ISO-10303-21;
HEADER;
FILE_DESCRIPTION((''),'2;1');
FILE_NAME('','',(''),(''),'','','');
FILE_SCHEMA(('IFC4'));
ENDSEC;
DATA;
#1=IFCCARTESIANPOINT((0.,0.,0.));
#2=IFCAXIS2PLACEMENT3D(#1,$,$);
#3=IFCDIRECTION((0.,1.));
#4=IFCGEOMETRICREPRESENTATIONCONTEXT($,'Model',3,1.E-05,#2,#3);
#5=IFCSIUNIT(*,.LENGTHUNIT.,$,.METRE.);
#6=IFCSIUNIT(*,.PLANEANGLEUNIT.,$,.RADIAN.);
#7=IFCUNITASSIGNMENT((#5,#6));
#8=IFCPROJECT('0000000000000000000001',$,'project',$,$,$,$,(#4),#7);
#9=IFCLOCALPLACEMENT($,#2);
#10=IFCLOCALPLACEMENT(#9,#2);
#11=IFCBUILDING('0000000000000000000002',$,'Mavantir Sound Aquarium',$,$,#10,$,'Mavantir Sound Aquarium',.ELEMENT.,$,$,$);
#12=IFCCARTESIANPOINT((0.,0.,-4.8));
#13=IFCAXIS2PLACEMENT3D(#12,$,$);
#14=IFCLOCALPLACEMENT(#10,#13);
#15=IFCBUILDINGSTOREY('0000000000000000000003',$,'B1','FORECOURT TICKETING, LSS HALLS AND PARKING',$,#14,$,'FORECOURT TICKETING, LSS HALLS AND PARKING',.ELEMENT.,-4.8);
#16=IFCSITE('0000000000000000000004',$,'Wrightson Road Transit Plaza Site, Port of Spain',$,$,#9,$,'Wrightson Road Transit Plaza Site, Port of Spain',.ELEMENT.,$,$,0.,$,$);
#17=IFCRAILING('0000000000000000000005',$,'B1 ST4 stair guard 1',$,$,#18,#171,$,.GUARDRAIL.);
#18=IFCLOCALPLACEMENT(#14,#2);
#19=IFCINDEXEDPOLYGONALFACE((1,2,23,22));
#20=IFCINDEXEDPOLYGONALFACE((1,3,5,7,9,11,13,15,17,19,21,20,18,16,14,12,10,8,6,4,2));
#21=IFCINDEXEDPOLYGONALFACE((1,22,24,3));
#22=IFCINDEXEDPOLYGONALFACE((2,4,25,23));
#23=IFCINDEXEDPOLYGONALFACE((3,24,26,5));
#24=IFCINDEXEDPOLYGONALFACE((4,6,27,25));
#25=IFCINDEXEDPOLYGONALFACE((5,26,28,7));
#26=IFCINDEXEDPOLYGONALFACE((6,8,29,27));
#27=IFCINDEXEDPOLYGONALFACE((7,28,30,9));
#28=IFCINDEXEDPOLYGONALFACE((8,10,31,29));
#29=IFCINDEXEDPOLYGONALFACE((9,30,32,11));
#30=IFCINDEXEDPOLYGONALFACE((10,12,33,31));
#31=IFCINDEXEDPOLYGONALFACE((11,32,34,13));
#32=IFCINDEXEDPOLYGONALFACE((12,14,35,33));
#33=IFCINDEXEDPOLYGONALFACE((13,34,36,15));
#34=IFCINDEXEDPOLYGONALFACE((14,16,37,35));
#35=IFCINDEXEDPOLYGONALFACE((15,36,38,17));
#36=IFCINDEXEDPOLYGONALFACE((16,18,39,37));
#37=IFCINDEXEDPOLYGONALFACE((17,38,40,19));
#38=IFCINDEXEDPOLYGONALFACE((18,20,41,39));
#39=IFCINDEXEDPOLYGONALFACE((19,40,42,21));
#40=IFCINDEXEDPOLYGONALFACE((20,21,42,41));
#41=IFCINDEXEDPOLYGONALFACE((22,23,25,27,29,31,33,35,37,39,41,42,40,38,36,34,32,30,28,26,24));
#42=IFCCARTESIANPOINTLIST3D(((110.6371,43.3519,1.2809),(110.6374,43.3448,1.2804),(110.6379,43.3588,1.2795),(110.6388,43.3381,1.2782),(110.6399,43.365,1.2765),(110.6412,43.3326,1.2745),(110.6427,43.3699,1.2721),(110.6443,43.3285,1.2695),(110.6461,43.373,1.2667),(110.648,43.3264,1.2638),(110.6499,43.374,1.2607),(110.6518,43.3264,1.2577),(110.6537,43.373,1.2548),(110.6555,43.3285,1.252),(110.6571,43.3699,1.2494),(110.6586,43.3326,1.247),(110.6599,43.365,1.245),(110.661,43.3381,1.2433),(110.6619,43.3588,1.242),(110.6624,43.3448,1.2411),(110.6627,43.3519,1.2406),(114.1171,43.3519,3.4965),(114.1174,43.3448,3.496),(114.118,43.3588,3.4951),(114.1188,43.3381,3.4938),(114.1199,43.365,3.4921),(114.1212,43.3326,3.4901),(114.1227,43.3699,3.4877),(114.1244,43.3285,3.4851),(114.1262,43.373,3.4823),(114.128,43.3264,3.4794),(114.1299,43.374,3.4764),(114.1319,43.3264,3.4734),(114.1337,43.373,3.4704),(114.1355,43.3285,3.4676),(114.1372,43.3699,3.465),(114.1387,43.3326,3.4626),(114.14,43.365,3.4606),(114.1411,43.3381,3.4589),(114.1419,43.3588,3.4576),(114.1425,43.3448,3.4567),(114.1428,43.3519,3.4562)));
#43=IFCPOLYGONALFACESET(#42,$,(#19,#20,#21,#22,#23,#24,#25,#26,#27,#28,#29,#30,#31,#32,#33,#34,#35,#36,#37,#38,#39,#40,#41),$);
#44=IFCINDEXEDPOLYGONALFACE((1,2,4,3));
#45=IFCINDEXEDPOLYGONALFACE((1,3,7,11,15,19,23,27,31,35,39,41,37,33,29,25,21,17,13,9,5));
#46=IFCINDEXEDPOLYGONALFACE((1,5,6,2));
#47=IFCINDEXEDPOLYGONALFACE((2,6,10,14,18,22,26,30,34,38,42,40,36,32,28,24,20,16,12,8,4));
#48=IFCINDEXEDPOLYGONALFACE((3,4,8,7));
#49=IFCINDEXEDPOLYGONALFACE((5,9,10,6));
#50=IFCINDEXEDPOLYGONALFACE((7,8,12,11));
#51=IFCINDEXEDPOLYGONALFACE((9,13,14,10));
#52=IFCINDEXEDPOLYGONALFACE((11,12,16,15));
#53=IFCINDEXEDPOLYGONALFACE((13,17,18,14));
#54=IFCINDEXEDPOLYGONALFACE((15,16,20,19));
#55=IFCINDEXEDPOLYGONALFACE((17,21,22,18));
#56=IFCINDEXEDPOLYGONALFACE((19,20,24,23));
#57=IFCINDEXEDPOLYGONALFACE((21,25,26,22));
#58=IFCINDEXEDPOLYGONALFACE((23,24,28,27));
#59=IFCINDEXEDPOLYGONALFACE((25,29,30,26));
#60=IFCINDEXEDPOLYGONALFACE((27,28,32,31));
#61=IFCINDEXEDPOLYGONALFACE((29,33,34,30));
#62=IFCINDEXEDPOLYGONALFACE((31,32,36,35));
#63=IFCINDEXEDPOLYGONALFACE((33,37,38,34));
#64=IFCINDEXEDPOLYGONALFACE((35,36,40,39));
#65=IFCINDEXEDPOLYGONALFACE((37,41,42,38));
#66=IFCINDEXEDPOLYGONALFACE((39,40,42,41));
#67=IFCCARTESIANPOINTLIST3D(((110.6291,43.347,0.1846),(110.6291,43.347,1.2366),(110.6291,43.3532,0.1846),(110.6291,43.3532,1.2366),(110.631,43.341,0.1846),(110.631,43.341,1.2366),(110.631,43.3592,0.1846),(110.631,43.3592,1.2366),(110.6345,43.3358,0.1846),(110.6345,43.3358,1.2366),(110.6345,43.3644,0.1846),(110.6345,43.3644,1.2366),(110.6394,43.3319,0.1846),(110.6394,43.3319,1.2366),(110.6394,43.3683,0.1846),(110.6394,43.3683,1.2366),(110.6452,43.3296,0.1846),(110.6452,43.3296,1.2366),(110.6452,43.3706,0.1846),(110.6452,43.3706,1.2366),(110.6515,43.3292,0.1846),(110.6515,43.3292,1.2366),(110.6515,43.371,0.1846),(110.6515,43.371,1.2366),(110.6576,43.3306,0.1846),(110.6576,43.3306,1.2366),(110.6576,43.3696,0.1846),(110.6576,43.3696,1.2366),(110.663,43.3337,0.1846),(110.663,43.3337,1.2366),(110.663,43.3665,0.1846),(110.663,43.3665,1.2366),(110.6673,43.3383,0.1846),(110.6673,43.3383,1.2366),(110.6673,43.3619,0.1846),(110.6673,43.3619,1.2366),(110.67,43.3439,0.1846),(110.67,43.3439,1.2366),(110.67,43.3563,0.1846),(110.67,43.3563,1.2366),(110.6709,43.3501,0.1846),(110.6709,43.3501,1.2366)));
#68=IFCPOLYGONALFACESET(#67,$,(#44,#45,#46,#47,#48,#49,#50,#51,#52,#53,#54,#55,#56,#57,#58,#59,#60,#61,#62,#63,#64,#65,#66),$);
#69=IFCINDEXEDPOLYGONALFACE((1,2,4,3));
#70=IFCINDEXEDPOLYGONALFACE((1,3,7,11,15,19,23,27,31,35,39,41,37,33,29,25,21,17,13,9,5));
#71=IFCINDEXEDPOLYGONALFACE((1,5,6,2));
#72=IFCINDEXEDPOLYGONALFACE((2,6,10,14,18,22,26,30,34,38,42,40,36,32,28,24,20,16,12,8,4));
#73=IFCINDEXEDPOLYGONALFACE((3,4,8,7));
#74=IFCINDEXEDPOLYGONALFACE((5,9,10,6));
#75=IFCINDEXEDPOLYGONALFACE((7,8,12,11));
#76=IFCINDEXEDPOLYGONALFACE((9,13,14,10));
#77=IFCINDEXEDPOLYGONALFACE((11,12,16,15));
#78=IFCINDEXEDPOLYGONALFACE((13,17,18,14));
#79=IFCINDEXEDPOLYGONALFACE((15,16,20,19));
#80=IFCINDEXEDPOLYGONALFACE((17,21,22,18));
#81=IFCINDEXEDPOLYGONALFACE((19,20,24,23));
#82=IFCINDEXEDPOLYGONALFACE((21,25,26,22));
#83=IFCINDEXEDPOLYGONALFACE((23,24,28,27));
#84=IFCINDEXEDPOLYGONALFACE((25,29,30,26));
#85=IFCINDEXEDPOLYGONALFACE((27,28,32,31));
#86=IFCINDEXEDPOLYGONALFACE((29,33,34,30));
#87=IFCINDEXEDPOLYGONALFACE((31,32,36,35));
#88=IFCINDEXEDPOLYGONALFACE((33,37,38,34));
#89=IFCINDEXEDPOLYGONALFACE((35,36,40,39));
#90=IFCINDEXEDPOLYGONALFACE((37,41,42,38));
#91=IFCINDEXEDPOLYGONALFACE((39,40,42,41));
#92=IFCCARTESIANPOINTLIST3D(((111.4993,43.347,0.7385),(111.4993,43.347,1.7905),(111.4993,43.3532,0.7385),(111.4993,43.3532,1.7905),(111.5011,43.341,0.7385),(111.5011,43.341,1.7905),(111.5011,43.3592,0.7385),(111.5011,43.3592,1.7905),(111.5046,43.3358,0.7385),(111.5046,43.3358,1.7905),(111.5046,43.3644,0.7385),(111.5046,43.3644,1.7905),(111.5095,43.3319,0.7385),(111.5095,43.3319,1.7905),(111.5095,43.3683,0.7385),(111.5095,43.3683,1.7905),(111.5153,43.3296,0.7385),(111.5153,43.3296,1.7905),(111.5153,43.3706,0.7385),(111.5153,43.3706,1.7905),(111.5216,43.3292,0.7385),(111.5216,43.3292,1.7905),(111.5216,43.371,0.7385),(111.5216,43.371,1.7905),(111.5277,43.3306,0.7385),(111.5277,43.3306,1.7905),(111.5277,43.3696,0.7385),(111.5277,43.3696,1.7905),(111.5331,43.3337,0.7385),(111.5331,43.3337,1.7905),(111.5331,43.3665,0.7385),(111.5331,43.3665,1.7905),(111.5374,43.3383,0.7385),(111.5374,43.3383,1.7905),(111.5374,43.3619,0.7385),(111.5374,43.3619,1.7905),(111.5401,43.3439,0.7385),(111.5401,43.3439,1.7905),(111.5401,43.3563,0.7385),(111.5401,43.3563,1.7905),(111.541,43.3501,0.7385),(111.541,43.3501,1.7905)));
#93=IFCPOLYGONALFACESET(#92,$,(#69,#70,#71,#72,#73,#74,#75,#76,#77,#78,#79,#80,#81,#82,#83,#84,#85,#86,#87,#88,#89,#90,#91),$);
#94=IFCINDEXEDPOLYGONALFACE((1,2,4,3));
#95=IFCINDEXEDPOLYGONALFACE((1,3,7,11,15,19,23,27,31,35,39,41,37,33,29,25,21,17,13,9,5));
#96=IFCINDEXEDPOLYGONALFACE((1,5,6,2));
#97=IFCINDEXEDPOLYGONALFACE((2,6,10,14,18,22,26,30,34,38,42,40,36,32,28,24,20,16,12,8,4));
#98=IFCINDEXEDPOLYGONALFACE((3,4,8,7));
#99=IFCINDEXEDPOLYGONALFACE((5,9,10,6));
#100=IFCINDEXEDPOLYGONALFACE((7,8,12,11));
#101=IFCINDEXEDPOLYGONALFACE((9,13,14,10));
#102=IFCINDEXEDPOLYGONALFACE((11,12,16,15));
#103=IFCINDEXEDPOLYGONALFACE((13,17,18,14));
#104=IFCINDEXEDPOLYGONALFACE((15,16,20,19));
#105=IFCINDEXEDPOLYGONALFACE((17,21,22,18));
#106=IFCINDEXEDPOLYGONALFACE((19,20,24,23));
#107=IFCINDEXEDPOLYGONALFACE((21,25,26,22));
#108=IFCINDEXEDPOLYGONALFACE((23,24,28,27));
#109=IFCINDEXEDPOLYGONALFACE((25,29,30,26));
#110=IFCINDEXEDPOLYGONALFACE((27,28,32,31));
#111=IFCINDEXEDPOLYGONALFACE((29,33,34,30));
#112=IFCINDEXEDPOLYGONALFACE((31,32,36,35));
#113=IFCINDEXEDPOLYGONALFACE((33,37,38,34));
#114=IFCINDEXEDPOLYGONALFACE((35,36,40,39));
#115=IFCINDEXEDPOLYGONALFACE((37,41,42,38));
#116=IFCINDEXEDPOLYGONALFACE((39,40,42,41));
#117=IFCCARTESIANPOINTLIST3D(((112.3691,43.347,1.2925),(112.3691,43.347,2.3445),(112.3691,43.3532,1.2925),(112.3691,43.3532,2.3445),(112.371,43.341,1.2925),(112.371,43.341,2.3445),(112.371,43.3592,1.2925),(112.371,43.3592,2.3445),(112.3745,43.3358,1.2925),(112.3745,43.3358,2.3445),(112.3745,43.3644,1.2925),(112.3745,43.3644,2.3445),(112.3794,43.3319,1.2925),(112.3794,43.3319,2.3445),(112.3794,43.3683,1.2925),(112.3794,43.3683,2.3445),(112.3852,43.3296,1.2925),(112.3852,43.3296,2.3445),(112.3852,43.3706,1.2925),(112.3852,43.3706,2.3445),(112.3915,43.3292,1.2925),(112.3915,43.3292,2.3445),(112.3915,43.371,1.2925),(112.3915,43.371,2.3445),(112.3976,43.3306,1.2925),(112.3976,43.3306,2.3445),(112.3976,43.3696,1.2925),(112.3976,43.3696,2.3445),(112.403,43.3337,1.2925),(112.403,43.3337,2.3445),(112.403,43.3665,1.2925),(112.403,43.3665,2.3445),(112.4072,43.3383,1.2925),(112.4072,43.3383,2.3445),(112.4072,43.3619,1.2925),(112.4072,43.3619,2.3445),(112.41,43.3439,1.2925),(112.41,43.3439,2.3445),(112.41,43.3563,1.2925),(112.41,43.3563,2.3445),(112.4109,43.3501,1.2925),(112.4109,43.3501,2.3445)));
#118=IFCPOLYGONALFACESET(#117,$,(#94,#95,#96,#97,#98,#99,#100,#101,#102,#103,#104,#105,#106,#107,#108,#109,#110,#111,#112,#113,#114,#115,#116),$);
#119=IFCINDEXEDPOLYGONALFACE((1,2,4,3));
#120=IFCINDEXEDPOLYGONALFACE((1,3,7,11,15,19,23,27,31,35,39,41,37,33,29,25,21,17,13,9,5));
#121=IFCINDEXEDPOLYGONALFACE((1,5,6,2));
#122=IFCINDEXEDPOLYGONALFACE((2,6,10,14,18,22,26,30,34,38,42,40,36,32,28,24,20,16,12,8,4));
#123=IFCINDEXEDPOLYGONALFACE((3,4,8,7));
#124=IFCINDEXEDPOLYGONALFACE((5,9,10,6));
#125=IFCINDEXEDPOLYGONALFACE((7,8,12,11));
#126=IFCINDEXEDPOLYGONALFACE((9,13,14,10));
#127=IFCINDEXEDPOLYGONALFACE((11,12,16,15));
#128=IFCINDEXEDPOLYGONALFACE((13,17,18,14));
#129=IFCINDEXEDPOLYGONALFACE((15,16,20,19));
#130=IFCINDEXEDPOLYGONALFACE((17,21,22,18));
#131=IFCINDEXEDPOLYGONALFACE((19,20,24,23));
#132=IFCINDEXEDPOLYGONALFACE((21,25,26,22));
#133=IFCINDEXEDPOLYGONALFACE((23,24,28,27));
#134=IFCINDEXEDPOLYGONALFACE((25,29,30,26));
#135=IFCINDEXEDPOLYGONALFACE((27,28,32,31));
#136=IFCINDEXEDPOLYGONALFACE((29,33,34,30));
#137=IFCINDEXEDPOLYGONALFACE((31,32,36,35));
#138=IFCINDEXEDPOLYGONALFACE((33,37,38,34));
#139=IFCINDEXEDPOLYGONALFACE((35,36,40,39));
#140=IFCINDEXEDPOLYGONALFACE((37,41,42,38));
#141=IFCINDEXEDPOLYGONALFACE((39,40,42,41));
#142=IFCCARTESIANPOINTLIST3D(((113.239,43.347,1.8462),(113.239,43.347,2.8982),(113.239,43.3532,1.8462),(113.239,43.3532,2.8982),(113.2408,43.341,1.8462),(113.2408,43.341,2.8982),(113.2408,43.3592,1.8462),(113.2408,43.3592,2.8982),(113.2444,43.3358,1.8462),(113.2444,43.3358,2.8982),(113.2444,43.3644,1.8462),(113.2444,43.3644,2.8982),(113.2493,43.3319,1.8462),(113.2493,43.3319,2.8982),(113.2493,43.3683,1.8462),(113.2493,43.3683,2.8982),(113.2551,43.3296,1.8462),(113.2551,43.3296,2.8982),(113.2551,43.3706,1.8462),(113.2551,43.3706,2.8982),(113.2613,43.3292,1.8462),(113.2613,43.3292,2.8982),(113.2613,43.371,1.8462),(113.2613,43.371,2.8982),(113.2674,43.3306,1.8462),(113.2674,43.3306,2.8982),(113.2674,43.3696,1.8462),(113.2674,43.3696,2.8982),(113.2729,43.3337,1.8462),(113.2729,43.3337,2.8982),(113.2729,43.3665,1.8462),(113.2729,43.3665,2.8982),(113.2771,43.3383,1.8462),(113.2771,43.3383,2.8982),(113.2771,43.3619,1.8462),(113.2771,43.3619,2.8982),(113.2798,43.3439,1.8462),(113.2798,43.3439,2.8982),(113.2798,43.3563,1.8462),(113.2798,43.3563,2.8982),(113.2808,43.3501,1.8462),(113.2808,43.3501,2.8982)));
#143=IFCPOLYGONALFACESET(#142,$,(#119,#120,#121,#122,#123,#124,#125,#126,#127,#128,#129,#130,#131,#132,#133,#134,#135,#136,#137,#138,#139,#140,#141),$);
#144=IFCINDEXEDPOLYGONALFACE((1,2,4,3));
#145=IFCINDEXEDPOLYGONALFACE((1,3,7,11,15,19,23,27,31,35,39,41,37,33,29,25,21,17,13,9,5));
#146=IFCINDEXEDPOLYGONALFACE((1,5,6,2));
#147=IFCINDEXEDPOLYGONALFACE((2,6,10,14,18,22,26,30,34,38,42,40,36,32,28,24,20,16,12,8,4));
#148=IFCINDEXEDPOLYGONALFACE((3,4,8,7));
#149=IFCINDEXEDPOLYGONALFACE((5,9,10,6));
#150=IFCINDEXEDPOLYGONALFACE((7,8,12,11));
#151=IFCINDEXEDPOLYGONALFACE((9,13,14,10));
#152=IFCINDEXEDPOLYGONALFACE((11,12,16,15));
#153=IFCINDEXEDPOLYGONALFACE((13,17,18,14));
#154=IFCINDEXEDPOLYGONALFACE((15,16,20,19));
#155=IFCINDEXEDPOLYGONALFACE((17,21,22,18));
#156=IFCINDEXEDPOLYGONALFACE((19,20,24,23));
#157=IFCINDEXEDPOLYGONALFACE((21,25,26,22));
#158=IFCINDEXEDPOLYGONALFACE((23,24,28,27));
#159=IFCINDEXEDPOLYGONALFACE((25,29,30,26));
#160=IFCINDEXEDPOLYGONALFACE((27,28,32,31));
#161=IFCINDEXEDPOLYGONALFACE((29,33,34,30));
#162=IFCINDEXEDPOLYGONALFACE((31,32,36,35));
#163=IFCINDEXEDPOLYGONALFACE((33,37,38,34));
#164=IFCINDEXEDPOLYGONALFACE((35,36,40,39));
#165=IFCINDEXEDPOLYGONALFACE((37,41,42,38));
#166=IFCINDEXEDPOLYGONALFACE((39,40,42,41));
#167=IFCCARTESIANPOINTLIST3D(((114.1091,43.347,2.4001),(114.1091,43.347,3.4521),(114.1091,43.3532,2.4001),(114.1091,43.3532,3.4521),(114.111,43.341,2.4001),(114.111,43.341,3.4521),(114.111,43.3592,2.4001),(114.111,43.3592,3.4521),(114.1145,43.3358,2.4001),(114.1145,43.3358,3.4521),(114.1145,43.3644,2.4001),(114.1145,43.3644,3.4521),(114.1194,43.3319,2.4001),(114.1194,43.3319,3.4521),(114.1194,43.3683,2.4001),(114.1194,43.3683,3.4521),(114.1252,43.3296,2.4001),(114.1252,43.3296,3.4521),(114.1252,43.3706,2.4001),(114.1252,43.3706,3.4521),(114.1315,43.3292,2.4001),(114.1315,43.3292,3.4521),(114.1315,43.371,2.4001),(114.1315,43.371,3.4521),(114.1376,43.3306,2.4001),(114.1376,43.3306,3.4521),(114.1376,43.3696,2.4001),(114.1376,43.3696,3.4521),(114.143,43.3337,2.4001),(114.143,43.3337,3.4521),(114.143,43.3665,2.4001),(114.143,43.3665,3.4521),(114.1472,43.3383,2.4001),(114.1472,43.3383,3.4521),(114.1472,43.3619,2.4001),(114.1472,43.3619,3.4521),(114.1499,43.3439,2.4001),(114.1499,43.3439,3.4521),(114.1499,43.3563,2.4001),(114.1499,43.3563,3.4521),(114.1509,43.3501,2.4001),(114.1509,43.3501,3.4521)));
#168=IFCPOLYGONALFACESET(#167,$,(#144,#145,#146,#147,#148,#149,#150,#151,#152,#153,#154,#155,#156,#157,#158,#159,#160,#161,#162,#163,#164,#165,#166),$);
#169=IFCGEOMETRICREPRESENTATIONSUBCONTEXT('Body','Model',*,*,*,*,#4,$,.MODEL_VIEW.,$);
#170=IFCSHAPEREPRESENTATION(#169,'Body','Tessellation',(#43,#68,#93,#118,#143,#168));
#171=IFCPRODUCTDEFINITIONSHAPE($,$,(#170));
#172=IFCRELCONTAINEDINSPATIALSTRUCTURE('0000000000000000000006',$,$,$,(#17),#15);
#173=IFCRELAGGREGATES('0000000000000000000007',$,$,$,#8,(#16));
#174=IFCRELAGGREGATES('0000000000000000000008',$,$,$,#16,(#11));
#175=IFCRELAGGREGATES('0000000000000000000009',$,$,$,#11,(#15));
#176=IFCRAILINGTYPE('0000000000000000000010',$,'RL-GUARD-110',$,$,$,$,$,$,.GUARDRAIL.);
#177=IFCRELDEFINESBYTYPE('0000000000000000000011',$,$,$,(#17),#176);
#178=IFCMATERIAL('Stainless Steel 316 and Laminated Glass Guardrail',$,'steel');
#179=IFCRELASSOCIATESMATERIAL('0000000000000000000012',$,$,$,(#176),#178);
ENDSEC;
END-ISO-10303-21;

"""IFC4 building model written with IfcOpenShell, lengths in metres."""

from ifc_helpers import new_model, si_unit, direction, frame, origin, origin_2d, place, context, subcontext, project, spatial, circle, extrude, material, type_object, element, save


model = new_model("IFC4")

# Units and contexts
model_context = context("Model", 3, precision=1e-05, world=origin(), true_north=direction((0.0, 1.0)))
body_context = subcontext(model_context, "Body", "Model", "MODEL_VIEW")
ifc_project = project(units=[si_unit("LENGTHUNIT", "METRE"), si_unit("PLANEANGLEUNIT", "RADIAN")], contexts=[model_context])

# Site, building, storey
site_placement = place(None, origin())
site = spatial("IfcSite", under=ifc_project, at=site_placement, Name="Wrightson Road Transit Plaza Site, Port of Spain", LongName="Wrightson Road Transit Plaza Site, Port of Spain", CompositionType="ELEMENT", RefElevation=0.0)
building_placement = place(site_placement, origin())
building = spatial("IfcBuilding", under=site, at=building_placement, Name="Mavantir Sound Aquarium", LongName="Mavantir Sound Aquarium", CompositionType="ELEMENT")
storey_placement = place(building_placement, frame((0.0, 0.0, -4.8)))
storey = spatial("IfcBuildingStorey", under=building, at=storey_placement, Name="B1", Description="FORECOURT TICKETING, LSS HALLS AND PARKING", LongName="FORECOURT TICKETING, LSS HALLS AND PARKING", CompositionType="ELEMENT", Elevation=-4.8)

# Railing
ifc_material_1 = material(Name="Stainless Steel 316 and Laminated Glass Guardrail", Category="steel")
railing_type_1 = type_object("IfcRailingType", Name="RL-GUARD-110", PredefinedType="GUARDRAIL", material=ifc_material_1)
railing_1_placement = place(storey_placement, frame((110.6499, 43.3501, 0.1846)))
element("IfcRailing", 1, at=railing_1_placement, inside=storey, type_object=railing_type_1, Name="B1 ST4 stair guard 1", PredefinedType="GUARDRAIL", context=body_context, shape_type="SweptSolid", body=[
    extrude(circle(Radius=0.0239, at=origin_2d()), frame((0.0, 0.0, 1.0762), z_axis=(0.843547, 0.0, 0.537055), x_axis=(0.0, 1.0, 0.0)), (0.0, 0.0, 1.0), 4.1255),
    extrude(circle(Radius=0.021, at=origin_2d()), origin(), (0.0, 0.0, 1.0), 1.052),
    extrude(circle(Radius=0.021, at=origin_2d()), frame((0.8701, 0.0, 0.554)), (0.0, 0.0, 1.0), 1.052),
    extrude(circle(Radius=0.021, at=origin_2d()), frame((1.74, 0.0, 1.1079)), (0.0, 0.0, 1.0), 1.052),
    extrude(circle(Radius=0.021, at=origin_2d()), frame((2.6099, 0.0, 1.6616)), (0.0, 0.0, 1.0), 1.052),
    extrude(circle(Radius=0.021, at=origin_2d()), frame((3.48, 0.0, 2.2156)), (0.0, 0.0, 1.0), 1.052),
])

save(model, "model.ifc")
